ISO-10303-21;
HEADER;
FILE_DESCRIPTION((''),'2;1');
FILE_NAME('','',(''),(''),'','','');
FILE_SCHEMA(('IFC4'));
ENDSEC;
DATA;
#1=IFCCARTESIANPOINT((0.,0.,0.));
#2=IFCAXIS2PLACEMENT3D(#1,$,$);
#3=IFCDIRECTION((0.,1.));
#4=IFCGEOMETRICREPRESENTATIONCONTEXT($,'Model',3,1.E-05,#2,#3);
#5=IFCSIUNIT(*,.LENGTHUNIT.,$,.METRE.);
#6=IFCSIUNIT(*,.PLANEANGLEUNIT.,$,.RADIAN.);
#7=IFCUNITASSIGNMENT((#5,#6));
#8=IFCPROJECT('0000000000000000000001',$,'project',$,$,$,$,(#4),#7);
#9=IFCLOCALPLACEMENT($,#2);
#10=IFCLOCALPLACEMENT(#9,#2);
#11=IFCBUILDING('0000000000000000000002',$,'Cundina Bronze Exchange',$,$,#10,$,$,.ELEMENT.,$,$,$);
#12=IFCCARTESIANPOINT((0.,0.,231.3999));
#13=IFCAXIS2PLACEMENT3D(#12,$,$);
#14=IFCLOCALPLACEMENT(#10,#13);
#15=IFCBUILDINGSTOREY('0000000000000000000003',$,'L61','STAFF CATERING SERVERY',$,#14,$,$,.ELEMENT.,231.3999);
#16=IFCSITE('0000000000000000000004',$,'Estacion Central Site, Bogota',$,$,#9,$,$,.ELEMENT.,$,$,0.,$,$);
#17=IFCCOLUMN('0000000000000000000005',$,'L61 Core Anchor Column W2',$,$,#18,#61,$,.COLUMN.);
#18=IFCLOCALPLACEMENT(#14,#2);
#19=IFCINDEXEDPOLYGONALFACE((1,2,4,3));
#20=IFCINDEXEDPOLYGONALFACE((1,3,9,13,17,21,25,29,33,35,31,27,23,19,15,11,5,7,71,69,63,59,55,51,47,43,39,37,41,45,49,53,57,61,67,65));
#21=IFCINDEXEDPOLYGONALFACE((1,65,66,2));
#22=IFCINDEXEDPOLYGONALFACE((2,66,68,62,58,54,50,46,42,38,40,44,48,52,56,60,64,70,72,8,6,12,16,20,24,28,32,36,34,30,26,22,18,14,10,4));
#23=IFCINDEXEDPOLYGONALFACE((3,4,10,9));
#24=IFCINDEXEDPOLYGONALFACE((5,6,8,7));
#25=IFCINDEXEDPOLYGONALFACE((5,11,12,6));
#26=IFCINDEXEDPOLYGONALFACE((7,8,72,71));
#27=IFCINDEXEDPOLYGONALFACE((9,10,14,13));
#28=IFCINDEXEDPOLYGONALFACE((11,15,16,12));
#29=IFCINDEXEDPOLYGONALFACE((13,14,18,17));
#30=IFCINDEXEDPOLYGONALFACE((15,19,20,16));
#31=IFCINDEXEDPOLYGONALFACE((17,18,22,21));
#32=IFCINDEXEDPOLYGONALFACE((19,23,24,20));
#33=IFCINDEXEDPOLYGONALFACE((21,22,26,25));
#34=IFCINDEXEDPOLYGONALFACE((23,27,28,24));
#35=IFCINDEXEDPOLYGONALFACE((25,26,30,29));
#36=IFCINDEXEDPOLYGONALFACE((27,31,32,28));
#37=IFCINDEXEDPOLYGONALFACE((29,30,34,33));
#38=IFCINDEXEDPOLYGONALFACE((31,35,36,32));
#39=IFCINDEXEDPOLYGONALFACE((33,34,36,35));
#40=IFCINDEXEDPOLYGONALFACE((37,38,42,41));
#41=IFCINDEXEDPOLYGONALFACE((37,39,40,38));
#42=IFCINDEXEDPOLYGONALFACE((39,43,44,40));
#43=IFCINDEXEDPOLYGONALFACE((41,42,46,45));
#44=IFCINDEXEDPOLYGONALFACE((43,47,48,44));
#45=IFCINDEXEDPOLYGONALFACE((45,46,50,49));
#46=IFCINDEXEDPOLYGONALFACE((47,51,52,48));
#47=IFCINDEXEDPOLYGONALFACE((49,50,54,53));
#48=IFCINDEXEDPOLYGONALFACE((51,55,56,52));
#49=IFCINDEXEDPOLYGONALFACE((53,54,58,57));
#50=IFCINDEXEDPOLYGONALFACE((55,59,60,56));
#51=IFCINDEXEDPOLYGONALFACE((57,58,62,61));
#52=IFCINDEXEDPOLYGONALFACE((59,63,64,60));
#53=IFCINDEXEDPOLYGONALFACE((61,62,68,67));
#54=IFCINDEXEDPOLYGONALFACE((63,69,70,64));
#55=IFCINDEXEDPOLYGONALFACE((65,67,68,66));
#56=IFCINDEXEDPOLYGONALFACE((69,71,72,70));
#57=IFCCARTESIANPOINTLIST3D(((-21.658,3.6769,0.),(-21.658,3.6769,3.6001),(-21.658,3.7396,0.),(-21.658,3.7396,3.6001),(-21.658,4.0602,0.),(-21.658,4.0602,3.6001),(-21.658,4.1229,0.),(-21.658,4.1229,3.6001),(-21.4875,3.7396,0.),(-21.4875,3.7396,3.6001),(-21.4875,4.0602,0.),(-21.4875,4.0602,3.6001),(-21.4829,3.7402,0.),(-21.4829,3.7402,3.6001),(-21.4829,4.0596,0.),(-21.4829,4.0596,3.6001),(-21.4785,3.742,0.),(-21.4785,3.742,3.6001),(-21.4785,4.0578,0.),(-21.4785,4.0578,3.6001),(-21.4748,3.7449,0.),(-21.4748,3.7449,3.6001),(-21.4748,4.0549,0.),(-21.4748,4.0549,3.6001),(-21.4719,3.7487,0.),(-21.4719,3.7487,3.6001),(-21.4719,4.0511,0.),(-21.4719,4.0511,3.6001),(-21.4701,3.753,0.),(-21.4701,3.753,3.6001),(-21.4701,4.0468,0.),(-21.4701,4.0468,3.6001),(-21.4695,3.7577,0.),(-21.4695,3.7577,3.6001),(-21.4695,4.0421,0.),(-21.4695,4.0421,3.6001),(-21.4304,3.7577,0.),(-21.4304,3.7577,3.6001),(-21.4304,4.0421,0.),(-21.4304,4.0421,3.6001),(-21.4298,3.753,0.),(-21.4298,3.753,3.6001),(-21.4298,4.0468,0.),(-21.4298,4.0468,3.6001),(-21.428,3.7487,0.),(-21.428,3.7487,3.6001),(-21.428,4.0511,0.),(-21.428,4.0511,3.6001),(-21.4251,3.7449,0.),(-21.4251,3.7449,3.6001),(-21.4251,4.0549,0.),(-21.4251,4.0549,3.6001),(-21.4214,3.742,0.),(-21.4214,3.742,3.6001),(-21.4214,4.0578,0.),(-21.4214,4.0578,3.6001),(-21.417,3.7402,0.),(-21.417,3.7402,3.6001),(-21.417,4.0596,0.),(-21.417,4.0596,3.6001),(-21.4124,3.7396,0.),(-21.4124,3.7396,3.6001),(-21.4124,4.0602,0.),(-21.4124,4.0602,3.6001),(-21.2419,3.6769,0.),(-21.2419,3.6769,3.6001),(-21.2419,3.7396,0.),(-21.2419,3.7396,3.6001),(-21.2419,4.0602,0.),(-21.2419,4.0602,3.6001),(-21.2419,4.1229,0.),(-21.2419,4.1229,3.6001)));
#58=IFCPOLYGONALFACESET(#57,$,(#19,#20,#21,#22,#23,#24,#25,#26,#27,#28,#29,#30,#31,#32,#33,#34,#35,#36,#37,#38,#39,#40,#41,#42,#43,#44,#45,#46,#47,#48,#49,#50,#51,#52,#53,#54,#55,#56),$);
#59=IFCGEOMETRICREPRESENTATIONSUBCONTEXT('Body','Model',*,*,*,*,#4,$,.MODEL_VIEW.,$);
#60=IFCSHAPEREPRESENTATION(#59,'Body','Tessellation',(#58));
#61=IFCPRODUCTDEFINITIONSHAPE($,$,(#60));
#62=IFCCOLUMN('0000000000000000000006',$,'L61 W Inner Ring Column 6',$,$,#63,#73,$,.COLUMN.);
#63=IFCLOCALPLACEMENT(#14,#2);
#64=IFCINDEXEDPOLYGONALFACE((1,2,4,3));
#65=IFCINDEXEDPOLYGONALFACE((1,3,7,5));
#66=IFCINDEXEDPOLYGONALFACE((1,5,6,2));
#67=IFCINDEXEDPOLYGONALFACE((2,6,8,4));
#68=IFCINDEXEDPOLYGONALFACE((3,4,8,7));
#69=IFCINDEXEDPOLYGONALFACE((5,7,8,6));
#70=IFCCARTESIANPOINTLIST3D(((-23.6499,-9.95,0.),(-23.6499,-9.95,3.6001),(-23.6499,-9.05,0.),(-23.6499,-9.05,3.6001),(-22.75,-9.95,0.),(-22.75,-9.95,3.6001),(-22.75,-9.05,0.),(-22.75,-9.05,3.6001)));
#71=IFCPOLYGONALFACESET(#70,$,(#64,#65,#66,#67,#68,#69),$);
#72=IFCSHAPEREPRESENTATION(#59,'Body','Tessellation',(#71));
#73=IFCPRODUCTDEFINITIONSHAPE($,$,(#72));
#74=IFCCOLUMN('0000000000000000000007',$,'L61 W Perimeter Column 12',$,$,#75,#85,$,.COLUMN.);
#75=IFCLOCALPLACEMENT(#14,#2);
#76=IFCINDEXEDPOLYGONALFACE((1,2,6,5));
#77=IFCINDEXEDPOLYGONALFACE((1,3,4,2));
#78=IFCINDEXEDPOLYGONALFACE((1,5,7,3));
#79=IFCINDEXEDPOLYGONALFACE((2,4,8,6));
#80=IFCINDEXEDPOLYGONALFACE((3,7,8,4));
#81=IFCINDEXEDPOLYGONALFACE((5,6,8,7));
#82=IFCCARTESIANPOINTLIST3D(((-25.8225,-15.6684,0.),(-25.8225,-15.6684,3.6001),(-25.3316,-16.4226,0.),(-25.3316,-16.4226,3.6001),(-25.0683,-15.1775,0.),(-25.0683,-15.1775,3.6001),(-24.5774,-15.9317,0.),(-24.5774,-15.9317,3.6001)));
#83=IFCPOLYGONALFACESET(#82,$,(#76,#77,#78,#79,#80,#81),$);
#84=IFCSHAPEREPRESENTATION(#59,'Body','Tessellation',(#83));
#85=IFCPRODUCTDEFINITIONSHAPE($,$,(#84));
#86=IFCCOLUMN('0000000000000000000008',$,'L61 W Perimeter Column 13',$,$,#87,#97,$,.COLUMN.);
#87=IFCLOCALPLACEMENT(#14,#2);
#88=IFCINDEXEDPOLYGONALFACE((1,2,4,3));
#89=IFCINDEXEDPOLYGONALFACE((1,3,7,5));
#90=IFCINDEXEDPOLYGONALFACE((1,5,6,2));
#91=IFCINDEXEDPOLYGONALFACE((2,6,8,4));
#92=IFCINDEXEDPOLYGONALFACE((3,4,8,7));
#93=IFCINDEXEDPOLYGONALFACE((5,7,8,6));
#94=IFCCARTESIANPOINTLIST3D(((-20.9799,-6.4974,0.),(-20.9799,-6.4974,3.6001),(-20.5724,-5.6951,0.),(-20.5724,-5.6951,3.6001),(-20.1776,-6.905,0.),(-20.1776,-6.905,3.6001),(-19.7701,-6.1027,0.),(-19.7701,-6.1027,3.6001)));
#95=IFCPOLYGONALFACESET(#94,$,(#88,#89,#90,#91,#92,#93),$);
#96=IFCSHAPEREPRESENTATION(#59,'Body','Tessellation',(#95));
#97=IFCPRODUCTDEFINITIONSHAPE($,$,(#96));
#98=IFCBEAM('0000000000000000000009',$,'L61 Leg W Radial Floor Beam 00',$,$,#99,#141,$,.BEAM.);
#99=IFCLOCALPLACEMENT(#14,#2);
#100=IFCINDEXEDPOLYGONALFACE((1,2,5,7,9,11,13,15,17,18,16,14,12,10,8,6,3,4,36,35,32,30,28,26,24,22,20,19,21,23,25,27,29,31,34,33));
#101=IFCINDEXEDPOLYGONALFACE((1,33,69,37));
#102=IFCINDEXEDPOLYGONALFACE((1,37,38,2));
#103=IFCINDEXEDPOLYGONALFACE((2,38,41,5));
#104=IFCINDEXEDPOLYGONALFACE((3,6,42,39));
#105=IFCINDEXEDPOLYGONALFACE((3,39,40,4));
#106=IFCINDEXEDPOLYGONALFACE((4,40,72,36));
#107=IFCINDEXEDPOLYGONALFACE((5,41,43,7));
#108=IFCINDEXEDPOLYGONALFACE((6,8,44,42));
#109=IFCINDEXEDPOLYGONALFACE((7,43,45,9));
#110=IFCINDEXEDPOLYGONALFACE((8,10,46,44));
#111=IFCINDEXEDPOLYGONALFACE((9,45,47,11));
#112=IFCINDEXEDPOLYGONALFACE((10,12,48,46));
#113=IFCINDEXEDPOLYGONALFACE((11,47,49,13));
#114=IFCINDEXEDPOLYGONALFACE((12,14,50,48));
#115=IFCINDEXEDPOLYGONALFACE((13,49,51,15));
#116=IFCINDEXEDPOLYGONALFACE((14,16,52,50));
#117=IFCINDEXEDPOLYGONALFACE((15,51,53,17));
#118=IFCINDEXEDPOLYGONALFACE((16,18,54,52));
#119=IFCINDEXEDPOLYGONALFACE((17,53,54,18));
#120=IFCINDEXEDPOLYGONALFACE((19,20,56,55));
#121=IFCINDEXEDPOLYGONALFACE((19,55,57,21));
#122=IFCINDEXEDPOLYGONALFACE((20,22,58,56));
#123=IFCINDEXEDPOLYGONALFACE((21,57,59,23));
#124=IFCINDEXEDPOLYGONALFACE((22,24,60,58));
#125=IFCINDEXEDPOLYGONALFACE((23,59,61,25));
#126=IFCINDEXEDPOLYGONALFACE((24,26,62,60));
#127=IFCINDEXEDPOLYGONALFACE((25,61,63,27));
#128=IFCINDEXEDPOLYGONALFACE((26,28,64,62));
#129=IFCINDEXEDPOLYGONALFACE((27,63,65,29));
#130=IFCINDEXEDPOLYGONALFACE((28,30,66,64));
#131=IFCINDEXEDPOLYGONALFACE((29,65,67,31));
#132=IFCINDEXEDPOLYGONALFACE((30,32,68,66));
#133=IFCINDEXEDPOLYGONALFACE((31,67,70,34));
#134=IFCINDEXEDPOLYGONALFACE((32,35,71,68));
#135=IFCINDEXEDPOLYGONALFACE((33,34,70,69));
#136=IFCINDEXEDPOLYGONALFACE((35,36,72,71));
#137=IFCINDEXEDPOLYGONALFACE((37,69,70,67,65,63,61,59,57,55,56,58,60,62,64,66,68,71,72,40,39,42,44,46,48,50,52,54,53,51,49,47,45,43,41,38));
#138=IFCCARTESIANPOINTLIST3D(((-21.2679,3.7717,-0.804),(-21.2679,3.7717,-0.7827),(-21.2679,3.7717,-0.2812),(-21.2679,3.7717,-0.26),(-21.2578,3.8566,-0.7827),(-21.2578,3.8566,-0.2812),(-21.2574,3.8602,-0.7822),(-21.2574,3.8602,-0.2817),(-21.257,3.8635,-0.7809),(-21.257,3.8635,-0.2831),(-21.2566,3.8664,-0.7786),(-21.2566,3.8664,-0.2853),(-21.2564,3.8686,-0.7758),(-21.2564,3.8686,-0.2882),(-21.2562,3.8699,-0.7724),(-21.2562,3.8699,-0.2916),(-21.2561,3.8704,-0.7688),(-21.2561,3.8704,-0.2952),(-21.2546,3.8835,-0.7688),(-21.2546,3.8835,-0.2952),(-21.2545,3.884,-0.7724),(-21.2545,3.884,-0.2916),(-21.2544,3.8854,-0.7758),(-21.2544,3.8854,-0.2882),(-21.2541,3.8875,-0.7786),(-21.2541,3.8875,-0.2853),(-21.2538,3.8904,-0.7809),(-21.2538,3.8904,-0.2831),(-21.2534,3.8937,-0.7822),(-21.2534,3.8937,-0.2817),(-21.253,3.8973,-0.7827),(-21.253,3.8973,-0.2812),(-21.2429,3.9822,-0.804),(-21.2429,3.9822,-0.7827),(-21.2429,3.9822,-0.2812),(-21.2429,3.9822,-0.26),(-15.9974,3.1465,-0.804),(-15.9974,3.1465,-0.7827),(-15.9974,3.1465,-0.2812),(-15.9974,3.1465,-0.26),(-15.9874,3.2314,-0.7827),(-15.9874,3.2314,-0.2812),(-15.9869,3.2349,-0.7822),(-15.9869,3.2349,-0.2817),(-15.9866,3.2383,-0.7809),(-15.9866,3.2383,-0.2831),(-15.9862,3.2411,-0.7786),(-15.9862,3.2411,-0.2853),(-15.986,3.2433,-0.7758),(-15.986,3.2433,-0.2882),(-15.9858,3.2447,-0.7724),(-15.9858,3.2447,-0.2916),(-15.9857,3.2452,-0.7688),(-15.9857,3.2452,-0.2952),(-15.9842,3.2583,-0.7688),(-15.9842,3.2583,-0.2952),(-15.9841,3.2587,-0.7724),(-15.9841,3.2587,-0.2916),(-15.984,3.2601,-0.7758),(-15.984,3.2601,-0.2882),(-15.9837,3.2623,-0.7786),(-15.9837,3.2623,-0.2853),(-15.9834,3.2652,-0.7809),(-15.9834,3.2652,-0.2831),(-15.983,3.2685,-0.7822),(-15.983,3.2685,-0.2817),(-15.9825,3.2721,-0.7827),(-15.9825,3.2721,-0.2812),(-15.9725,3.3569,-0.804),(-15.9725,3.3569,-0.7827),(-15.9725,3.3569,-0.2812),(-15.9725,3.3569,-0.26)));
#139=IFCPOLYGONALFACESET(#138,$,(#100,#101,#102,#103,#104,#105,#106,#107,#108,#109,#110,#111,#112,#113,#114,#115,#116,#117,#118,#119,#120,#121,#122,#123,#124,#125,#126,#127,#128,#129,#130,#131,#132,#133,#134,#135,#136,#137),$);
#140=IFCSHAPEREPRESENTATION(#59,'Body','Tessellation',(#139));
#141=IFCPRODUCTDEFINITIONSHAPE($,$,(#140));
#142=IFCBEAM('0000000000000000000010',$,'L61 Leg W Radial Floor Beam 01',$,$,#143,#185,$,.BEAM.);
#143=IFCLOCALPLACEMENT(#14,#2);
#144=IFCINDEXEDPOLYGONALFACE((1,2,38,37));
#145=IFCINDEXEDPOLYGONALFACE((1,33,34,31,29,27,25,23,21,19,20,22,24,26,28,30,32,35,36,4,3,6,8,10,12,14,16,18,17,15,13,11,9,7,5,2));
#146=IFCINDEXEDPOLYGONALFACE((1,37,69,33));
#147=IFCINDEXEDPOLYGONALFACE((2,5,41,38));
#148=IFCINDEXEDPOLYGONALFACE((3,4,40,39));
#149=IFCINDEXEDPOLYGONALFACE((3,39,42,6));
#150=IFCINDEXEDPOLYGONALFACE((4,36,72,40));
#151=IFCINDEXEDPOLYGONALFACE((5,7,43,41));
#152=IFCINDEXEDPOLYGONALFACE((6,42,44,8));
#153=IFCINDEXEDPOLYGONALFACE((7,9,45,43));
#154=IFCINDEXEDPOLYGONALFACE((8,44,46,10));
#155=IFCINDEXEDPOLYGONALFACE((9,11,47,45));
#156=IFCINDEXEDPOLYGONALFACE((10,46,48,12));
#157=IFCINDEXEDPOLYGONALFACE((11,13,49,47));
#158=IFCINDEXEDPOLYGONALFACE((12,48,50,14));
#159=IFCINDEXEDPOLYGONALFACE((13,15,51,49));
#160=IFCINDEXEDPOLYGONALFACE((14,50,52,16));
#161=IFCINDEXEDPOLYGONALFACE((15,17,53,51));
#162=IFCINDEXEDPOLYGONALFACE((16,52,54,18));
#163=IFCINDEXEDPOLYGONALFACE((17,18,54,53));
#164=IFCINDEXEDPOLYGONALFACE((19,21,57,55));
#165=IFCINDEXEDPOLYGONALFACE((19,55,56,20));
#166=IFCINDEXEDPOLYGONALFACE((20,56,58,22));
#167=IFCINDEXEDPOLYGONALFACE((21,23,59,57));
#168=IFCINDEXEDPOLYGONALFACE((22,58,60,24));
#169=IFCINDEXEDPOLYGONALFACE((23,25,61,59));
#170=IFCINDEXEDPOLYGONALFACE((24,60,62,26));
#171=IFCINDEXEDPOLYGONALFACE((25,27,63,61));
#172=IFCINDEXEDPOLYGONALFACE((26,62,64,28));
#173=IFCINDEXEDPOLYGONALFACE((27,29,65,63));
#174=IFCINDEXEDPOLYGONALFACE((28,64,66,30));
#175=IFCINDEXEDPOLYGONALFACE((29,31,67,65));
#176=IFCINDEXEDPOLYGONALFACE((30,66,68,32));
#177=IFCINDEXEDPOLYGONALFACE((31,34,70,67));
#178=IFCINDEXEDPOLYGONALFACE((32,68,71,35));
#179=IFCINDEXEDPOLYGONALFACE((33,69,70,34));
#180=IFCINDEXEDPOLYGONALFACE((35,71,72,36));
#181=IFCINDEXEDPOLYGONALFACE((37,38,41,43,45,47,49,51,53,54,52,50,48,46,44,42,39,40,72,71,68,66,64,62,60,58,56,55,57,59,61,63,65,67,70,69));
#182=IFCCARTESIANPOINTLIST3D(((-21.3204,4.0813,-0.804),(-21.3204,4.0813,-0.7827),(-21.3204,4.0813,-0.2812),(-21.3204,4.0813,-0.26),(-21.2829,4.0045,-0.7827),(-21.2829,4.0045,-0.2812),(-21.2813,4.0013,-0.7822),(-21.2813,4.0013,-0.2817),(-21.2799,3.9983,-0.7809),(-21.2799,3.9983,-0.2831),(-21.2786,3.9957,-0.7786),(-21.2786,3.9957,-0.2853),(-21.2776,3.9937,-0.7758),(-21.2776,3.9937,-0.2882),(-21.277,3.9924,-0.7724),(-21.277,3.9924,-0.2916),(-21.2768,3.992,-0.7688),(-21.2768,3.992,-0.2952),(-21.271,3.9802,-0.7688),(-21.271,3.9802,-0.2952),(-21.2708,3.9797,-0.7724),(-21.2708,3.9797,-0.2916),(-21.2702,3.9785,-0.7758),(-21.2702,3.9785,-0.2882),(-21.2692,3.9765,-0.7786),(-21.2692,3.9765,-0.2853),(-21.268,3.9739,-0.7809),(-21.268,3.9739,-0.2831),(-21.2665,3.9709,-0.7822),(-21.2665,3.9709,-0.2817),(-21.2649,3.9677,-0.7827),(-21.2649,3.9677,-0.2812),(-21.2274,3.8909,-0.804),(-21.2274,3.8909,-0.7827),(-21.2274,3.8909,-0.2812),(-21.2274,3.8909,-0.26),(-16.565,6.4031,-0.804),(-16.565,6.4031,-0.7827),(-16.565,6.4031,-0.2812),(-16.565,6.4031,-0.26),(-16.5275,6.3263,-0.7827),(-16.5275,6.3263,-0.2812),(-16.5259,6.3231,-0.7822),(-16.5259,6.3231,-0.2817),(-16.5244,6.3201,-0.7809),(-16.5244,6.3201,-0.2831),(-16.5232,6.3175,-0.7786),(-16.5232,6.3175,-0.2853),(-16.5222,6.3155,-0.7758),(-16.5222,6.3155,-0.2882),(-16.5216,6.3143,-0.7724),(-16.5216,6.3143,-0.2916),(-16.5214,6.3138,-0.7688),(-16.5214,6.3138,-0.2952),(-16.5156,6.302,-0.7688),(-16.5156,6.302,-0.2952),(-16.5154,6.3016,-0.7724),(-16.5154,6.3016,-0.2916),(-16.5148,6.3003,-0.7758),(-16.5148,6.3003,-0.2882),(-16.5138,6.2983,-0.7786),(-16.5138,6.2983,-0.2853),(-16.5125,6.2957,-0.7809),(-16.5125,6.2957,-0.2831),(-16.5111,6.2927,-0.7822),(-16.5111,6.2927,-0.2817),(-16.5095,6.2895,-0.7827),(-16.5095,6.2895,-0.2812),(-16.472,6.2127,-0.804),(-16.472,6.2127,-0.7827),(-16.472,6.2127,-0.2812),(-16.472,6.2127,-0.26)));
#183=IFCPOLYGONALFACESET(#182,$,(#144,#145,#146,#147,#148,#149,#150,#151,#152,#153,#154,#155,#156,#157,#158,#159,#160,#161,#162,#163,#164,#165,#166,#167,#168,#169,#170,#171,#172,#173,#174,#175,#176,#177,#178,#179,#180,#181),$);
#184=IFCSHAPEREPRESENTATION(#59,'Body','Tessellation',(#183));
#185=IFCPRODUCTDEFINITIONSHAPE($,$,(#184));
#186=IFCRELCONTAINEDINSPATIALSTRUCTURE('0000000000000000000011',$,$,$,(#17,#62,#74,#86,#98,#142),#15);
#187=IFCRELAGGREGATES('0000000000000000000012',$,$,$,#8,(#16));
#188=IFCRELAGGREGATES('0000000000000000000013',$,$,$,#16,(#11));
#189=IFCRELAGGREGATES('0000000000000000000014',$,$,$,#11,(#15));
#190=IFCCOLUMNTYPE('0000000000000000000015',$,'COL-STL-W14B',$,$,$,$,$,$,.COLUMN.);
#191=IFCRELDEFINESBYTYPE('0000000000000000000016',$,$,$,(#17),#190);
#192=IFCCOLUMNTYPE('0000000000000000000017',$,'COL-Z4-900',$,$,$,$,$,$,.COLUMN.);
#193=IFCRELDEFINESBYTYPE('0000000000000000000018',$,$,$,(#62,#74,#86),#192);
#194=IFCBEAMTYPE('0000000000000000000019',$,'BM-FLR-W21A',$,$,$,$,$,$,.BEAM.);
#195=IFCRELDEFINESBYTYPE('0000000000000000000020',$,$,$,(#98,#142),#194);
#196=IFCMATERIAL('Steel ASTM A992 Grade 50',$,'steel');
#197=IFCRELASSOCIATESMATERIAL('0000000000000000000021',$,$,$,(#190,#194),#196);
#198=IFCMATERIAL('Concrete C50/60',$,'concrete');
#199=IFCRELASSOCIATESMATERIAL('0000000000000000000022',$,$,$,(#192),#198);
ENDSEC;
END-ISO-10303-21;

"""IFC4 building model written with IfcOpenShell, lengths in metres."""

from ifc_helpers import new_model, si_unit, direction, frame, origin, origin_2d, place, context, subcontext, project, spatial, rectangle, i_section, extrude, material, material_profile, profile_set, type_object, element, save


model = new_model("IFC4")

# Units and contexts
model_context = context("Model", 3, precision=1e-05, world=origin(), true_north=direction((0.0, 1.0)))
body_context = subcontext(model_context, "Body", "Model", "MODEL_VIEW")
ifc_project = project(units=[si_unit("LENGTHUNIT", "METRE"), si_unit("PLANEANGLEUNIT", "RADIAN")], contexts=[model_context])

# Site, building, storey
site_placement = place(None, origin())
site = spatial("IfcSite", under=ifc_project, at=site_placement, Name="Estacion Central Site, Bogota", CompositionType="ELEMENT", RefElevation=0.0)
building_placement = place(site_placement, origin())
building = spatial("IfcBuilding", under=site, at=building_placement, Name="Cundina Bronze Exchange", CompositionType="ELEMENT")
storey_placement = place(building_placement, frame((0.0, 0.0, 231.3999)))
storey = spatial("IfcBuildingStorey", under=building, at=storey_placement, Name="L61", Description="STAFF CATERING SERVERY", CompositionType="ELEMENT", Elevation=231.3999)

# Columns
ifc_material_1 = material(Name="Steel ASTM A992 Grade 50", Category="steel")
ifc_material_profile_1 = material_profile(ifc_material_1, i_section(OverallWidth=0.416, OverallDepth=0.446, WebThickness=0.0391, FlangeThickness=0.0627, FilletRadius=0.0181, at=origin_2d()), Name="W14X342", Category="steel")
ifc_profile_set_1 = profile_set([ifc_material_profile_1], Name="Steel ASTM A992 Grade 50")
column_type_1 = type_object("IfcColumnType", Name="COL-STL-W14B", PredefinedType="COLUMN", material=ifc_profile_set_1)
column_placement = place(storey_placement, frame((-21.45, 3.8999, 0.0), z_axis=(0.0, 0.0, 1.0), x_axis=(1.0, 0.0, 0.0)))
element("IfcColumn", 1, at=column_placement, inside=storey, type_object=column_type_1, Name="L61 Core Anchor Column W2", PredefinedType="COLUMN", context=body_context, shape_type="SweptSolid", body=[
    extrude(i_section(OverallWidth=0.416, OverallDepth=0.446, WebThickness=0.0391, FlangeThickness=0.0627, FilletRadius=0.0181, at=origin_2d()), origin(), (0.0, 0.0, 1.0), 3.6001),
])
ifc_material_2 = material(Name="Concrete C50/60", Category="concrete")
ifc_material_profile_2 = material_profile(ifc_material_2, rectangle(XDim=0.8999, YDim=0.8999, at=origin_2d()), Name="RC900X900", Category="concrete")
ifc_profile_set_2 = profile_set([ifc_material_profile_2], Name="Concrete C50/60")
column_type_2 = type_object("IfcColumnType", Name="COL-Z4-900", PredefinedType="COLUMN", material=ifc_profile_set_2)
for number, where, z_axis, x_axis, name in (
    (2, (-23.2, -9.5, 0.0), (0.0, 0.0, 1.0), (1.0, 0.0, 0.0), "L61 W Inner Ring Column 6"),
    (3, (-25.2, -15.8, 0.0), (0.0, 0.0, 1.0), (0.8381, 0.545517, 0.0), "L61 W Perimeter Column 12"),
    (4, (-20.375, -6.3, 0.0), (0.0, 0.0, 1.0), (0.452902, 0.891561, 0.0), "L61 W Perimeter Column 13"),
):
    element("IfcColumn", number, at=place(storey_placement, frame(where, z_axis=z_axis, x_axis=x_axis)), inside=storey, type_object=column_type_2, Name=name, PredefinedType="COLUMN", context=body_context, shape_type="SweptSolid", body=[
        extrude(rectangle(XDim=0.8999, YDim=0.8999, at=origin_2d()), origin(), (0.0, 0.0, 1.0), 3.6001),
    ])

# Beams
ifc_material_profile_3 = material_profile(ifc_material_1, i_section(OverallWidth=0.2119, OverallDepth=0.5439, WebThickness=0.0132, FlangeThickness=0.0212, FilletRadius=0.0139, at=origin_2d()), Name="W21X83", Category="steel")
ifc_profile_set_3 = profile_set([ifc_material_profile_3], Name="Steel ASTM A992 Grade 50")
beam_type_1 = type_object("IfcBeamType", Name="BM-FLR-W21A", PredefinedType="BEAM", material=ifc_profile_set_3)
beam_1_placement = place(storey_placement, frame((-21.2554, 3.877, -0.532), z_axis=(0.993037, -0.117805, 0.0), x_axis=(0.117805, 0.993037, 0.0)))
element("IfcBeam", 5, at=beam_1_placement, inside=storey, type_object=beam_type_1, Name="L61 Leg W Radial Floor Beam 00", PredefinedType="BEAM", context=body_context, shape_type="SweptSolid", body=[
    extrude(i_section(OverallWidth=0.2119, OverallDepth=0.5439, WebThickness=0.0132, FlangeThickness=0.0212, FilletRadius=0.0139, at=origin_2d()), origin(), (0.0, 0.0, 1.0), 5.3074),
])
beam_2_placement = place(storey_placement, frame((-21.2739, 3.9861, -0.532), z_axis=(0.898613, 0.438742, 0.0), x_axis=(-0.438742, 0.898613, 0.0)))
element("IfcBeam", 6, at=beam_2_placement, inside=storey, type_object=beam_type_1, Name="L61 Leg W Radial Floor Beam 01", PredefinedType="BEAM", context=body_context, shape_type="SweptSolid", body=[
    extrude(i_section(OverallWidth=0.2119, OverallDepth=0.5439, WebThickness=0.0132, FlangeThickness=0.0212, FilletRadius=0.0139, at=origin_2d()), origin(), (0.0, 0.0, 1.0), 5.292),
])

save(model, "model.ifc")
